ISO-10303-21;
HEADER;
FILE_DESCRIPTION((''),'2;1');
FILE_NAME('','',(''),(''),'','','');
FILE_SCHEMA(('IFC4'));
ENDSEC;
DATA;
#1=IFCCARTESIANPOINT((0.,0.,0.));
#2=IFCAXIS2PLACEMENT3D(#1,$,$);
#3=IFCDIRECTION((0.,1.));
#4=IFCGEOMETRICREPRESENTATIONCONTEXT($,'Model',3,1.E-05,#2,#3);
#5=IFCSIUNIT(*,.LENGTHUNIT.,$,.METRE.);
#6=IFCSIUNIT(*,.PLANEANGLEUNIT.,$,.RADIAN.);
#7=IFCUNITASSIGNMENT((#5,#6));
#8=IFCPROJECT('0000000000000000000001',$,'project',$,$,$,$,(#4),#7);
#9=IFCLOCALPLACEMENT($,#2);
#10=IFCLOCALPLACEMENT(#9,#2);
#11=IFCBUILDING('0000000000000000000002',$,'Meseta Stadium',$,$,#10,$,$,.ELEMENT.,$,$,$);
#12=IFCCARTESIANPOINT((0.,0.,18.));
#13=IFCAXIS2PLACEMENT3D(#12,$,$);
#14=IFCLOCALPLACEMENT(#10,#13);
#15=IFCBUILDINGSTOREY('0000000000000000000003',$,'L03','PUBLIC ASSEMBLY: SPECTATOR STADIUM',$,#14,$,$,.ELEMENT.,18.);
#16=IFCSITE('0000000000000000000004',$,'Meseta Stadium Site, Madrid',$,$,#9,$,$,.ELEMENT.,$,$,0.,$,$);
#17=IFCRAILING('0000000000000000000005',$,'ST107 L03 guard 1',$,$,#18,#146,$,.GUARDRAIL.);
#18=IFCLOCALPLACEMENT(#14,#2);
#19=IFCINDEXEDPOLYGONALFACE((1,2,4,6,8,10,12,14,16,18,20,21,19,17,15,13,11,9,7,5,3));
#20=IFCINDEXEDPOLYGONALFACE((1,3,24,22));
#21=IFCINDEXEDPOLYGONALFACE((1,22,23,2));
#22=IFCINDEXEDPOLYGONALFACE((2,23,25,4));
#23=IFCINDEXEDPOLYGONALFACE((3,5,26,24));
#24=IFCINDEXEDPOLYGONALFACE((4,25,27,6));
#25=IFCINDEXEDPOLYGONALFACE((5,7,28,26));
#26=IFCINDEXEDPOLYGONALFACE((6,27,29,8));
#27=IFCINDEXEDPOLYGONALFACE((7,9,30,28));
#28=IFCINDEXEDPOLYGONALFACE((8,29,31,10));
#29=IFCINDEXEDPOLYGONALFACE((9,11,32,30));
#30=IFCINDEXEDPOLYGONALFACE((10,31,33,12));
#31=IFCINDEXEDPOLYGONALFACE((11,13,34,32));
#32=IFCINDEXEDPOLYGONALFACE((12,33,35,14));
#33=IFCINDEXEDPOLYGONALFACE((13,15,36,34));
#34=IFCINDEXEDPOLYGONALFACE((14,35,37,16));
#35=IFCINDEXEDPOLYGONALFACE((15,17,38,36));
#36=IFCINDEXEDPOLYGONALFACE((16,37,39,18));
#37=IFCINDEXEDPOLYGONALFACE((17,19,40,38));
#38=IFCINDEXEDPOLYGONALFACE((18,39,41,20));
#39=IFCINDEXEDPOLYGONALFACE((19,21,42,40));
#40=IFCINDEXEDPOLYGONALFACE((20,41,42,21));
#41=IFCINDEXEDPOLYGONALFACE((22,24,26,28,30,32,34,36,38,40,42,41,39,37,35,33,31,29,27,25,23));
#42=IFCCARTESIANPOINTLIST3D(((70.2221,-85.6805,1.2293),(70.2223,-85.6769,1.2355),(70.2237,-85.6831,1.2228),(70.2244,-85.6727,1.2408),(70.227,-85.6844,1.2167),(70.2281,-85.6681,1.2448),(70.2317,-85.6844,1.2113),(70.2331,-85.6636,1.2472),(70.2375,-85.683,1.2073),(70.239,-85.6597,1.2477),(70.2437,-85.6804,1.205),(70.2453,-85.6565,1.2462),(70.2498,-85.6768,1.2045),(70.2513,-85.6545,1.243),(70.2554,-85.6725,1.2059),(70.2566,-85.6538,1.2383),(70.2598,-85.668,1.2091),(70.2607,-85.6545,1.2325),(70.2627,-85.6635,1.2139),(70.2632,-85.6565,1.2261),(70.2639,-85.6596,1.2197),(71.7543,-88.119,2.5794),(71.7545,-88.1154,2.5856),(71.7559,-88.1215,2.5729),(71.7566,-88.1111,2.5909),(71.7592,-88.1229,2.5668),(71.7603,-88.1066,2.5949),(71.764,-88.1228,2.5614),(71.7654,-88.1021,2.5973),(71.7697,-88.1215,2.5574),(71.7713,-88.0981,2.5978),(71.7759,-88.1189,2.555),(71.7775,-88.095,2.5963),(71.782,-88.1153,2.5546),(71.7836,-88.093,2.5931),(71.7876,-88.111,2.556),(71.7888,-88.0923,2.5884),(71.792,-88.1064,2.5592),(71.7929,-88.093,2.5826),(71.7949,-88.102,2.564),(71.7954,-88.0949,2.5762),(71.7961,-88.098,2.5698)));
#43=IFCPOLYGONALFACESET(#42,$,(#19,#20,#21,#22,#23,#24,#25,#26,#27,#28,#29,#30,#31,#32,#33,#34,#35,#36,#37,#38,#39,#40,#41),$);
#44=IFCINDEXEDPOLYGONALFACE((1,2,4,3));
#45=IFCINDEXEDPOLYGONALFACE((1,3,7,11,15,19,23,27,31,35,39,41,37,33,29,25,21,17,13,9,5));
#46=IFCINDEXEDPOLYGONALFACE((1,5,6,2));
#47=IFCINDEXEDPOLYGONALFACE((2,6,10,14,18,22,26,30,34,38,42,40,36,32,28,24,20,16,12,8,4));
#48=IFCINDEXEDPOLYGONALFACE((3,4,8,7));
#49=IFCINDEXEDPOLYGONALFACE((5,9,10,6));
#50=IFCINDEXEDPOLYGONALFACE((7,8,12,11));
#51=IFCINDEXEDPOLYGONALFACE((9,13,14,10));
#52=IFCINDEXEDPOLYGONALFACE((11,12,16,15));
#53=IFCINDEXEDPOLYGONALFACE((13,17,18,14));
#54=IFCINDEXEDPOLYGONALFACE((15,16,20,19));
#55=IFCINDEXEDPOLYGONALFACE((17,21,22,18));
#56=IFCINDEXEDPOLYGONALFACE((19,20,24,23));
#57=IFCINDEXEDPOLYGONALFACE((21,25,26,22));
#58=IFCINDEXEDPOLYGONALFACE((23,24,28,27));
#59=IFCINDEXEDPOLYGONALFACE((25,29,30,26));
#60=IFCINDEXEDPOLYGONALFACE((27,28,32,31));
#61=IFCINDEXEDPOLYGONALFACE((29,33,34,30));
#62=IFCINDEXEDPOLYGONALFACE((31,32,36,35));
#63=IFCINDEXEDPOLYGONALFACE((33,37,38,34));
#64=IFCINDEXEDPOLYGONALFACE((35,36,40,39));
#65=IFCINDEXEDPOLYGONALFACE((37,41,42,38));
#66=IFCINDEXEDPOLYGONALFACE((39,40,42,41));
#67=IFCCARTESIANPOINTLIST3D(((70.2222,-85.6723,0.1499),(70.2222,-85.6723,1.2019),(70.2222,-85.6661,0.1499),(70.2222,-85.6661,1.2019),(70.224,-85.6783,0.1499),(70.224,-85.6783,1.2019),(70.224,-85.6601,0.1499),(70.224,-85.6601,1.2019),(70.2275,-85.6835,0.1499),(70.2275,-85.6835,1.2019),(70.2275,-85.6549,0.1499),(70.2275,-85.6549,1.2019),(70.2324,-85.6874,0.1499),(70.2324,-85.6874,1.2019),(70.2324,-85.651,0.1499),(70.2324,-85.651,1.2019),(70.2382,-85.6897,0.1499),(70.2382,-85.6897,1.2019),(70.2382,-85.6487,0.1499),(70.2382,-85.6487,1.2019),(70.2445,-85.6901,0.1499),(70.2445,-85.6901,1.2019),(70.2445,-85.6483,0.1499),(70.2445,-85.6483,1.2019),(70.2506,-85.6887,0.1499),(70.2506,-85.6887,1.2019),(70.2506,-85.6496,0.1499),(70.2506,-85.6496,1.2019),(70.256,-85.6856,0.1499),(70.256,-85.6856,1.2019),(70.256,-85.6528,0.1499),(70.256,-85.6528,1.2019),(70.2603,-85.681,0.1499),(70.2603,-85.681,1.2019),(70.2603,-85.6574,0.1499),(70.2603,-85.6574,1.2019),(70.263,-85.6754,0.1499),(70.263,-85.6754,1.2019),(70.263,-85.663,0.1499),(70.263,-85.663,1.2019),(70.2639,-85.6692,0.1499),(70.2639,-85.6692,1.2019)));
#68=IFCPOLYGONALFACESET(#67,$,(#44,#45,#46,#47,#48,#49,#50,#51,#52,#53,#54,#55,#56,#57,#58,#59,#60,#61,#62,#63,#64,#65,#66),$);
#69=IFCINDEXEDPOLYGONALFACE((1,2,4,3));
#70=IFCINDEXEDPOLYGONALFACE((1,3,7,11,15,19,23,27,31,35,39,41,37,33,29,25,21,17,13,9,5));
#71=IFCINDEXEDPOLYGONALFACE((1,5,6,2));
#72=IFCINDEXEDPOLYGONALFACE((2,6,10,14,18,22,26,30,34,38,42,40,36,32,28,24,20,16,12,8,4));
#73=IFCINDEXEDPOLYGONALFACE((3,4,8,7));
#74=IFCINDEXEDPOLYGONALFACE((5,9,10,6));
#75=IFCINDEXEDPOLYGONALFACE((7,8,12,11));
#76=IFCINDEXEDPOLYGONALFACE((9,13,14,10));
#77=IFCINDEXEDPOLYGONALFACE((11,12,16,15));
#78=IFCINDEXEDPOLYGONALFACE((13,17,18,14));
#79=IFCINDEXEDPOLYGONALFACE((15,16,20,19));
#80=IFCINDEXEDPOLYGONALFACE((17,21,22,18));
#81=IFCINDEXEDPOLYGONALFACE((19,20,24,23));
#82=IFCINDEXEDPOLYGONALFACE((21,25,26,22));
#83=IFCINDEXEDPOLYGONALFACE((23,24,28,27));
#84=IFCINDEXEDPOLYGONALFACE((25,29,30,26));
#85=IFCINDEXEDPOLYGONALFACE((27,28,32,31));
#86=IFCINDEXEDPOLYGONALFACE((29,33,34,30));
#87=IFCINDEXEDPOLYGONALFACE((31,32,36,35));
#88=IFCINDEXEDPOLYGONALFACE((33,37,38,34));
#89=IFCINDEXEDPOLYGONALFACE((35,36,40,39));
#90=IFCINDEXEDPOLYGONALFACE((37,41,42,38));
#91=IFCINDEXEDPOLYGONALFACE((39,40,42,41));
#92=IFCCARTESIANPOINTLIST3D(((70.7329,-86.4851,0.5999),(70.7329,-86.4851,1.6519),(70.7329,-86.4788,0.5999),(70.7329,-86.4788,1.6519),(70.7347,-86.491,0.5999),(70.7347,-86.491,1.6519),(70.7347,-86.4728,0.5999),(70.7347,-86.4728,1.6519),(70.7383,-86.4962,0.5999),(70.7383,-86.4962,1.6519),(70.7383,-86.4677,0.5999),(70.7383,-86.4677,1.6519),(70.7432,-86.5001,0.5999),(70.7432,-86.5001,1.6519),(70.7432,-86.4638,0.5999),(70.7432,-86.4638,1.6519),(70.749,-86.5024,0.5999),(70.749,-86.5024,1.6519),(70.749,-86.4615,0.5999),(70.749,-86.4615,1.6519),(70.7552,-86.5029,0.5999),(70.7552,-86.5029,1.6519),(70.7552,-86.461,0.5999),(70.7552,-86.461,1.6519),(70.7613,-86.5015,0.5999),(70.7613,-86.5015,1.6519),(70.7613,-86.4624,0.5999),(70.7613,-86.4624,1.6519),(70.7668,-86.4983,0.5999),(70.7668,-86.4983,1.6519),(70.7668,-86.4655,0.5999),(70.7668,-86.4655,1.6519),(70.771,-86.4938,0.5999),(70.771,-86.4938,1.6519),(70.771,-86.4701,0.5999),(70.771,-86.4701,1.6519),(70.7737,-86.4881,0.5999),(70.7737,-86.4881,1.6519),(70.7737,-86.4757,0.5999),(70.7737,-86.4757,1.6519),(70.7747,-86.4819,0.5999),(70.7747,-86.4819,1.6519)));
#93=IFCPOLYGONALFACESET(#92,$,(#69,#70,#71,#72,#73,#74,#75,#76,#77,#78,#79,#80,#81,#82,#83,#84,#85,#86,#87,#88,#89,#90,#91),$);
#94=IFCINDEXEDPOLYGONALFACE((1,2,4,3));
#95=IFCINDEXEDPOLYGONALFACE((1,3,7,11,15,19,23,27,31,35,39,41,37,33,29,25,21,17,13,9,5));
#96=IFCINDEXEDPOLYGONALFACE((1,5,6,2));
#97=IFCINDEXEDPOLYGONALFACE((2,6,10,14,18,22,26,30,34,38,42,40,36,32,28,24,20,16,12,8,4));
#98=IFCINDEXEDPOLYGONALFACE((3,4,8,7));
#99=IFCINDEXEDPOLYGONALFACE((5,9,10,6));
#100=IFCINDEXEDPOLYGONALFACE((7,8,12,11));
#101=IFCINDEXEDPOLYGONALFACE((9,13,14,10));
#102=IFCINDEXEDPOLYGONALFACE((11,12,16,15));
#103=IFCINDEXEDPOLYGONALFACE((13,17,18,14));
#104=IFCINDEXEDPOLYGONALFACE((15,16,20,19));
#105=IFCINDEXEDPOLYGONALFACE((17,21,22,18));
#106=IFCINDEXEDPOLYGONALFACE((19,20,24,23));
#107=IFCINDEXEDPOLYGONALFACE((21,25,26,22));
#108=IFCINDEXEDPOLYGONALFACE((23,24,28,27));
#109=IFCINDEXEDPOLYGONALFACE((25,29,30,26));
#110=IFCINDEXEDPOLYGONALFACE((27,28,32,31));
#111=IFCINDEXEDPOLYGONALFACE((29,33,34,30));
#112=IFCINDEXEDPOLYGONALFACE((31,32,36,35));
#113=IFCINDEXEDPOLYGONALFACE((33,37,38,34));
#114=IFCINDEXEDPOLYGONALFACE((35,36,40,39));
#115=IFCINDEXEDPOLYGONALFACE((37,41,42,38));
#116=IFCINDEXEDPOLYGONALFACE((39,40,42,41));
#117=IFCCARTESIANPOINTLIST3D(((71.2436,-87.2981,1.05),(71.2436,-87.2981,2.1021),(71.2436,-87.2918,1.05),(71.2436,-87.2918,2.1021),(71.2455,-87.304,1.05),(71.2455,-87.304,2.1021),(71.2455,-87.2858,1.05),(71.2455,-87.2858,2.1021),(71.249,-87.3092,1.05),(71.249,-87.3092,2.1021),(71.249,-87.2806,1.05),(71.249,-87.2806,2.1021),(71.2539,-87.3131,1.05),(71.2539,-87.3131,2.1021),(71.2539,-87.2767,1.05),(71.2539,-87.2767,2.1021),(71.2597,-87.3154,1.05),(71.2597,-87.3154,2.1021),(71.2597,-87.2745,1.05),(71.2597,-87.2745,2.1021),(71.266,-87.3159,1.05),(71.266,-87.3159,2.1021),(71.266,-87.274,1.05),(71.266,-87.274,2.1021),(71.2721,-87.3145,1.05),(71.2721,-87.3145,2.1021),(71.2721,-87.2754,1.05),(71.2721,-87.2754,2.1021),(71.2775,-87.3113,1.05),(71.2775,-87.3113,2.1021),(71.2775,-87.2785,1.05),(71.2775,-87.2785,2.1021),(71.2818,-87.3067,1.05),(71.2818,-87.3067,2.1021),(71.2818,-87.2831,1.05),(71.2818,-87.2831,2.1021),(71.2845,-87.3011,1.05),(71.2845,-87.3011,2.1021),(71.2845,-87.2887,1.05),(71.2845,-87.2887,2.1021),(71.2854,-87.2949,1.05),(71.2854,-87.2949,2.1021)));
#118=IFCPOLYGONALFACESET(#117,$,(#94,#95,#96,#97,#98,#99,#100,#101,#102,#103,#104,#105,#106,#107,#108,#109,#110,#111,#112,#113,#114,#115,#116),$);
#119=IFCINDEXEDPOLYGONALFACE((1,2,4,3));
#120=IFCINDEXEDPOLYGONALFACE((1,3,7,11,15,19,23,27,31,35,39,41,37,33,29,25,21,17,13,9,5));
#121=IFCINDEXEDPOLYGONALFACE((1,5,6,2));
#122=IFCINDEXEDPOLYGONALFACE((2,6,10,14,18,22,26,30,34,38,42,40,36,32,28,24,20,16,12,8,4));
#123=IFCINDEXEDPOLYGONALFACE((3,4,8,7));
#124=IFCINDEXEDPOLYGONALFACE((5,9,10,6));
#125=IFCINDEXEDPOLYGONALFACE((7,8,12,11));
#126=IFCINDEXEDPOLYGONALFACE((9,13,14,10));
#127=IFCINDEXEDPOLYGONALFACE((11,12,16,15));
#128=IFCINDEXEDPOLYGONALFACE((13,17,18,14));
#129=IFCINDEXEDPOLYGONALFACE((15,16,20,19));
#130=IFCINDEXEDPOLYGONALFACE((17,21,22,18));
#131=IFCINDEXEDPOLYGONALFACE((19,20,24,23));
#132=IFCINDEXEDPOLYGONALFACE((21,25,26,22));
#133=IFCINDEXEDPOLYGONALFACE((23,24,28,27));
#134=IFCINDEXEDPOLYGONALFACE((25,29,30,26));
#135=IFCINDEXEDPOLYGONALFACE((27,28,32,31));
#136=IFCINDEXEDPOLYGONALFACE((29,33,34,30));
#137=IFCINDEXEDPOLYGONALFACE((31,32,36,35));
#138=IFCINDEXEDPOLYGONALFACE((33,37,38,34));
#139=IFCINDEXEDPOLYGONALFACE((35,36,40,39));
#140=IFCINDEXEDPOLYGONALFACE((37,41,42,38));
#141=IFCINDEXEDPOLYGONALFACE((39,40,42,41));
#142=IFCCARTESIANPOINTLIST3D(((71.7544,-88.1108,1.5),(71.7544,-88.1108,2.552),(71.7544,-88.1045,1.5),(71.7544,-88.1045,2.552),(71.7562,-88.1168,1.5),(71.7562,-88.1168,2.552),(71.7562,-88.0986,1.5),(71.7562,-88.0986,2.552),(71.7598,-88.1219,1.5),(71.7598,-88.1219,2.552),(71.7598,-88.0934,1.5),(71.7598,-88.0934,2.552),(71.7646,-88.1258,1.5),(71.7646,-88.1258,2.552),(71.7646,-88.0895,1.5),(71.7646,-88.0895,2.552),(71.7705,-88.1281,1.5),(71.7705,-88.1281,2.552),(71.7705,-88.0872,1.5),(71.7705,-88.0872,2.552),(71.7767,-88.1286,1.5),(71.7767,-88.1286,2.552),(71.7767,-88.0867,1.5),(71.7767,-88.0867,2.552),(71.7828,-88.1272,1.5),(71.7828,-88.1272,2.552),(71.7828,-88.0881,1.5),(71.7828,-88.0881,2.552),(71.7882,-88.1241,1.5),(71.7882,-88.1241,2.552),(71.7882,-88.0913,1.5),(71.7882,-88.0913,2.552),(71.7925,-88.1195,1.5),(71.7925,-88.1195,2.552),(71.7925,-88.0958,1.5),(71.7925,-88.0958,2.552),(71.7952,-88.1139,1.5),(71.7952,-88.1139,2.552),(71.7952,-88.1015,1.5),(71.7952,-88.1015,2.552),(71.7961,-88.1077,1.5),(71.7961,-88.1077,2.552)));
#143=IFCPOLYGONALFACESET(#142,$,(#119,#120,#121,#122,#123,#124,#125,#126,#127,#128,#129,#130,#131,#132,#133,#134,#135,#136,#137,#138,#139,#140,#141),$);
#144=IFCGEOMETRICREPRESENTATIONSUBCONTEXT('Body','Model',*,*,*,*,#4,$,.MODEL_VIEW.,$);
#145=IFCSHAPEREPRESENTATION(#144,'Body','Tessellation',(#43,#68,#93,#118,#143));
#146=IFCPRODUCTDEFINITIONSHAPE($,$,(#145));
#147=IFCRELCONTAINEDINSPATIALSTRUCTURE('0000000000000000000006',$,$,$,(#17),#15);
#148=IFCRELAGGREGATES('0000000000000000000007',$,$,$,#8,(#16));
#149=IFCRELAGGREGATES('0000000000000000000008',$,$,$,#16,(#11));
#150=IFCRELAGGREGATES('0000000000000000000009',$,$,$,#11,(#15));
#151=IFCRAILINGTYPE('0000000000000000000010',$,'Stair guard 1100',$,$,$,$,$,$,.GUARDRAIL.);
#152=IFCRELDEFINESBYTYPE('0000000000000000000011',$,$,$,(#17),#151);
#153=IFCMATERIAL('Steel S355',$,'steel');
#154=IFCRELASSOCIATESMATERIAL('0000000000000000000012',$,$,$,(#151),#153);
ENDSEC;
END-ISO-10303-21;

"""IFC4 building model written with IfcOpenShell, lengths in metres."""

from ifc_helpers import new_model, si_unit, direction, frame, origin, origin_2d, place, context, subcontext, project, spatial, circle, extrude, material, type_object, element, save


model = new_model("IFC4")

# Units and contexts
model_context = context("Model", 3, precision=1e-05, world=origin(), true_north=direction((0.0, 1.0)))
body_context = subcontext(model_context, "Body", "Model", "MODEL_VIEW")
ifc_project = project(units=[si_unit("LENGTHUNIT", "METRE"), si_unit("PLANEANGLEUNIT", "RADIAN")], contexts=[model_context])

# Site, building, storey
site_placement = place(None, origin())
site = spatial("IfcSite", under=ifc_project, at=site_placement, Name="Meseta Stadium Site, Madrid", CompositionType="ELEMENT", RefElevation=0.0)
building_placement = place(site_placement, origin())
building = spatial("IfcBuilding", under=site, at=building_placement, Name="Meseta Stadium", CompositionType="ELEMENT")
storey_placement = place(building_placement, frame((0.0, 0.0, 18.0)))
storey = spatial("IfcBuildingStorey", under=building, at=storey_placement, Name="L03", Description="PUBLIC ASSEMBLY: SPECTATOR STADIUM", CompositionType="ELEMENT", Elevation=18.0)

# Railing
ifc_material_1 = material(Name="Steel S355", Category="steel")
railing_type_1 = type_object("IfcRailingType", Name="Stair guard 1100", PredefinedType="GUARDRAIL", material=ifc_material_1)
railing_1_placement = place(storey_placement, frame((70.2429, -85.6692, 0.1499)))
element("IfcRailing", 1, at=railing_1_placement, inside=storey, type_object=railing_type_1, Name="ST107 L03 guard 1", PredefinedType="GUARDRAIL", context=body_context, shape_type="SweptSolid", body=[
    extrude(circle(Radius=0.0239, at=origin_2d()), frame((0.0, 0.0, 1.0762), z_axis=(0.481731, -0.766655, 0.42447), x_axis=(0.846719, 0.53204, 0.0)), (0.0, 0.0, 1.0), 3.1807),
    extrude(circle(Radius=0.021, at=origin_2d()), origin(), (0.0, 0.0, 1.0), 1.052),
    extrude(circle(Radius=0.021, at=origin_2d()), frame((0.5107, -0.8127, 0.45)), (0.0, 0.0, 1.0), 1.052),
    extrude(circle(Radius=0.021, at=origin_2d()), frame((1.0215, -1.6257, 0.9001)), (0.0, 0.0, 1.0), 1.052),
    extrude(circle(Radius=0.021, at=origin_2d()), frame((1.5322, -2.4385, 1.3501)), (0.0, 0.0, 1.0), 1.052),
])

save(model, "model.ifc")
